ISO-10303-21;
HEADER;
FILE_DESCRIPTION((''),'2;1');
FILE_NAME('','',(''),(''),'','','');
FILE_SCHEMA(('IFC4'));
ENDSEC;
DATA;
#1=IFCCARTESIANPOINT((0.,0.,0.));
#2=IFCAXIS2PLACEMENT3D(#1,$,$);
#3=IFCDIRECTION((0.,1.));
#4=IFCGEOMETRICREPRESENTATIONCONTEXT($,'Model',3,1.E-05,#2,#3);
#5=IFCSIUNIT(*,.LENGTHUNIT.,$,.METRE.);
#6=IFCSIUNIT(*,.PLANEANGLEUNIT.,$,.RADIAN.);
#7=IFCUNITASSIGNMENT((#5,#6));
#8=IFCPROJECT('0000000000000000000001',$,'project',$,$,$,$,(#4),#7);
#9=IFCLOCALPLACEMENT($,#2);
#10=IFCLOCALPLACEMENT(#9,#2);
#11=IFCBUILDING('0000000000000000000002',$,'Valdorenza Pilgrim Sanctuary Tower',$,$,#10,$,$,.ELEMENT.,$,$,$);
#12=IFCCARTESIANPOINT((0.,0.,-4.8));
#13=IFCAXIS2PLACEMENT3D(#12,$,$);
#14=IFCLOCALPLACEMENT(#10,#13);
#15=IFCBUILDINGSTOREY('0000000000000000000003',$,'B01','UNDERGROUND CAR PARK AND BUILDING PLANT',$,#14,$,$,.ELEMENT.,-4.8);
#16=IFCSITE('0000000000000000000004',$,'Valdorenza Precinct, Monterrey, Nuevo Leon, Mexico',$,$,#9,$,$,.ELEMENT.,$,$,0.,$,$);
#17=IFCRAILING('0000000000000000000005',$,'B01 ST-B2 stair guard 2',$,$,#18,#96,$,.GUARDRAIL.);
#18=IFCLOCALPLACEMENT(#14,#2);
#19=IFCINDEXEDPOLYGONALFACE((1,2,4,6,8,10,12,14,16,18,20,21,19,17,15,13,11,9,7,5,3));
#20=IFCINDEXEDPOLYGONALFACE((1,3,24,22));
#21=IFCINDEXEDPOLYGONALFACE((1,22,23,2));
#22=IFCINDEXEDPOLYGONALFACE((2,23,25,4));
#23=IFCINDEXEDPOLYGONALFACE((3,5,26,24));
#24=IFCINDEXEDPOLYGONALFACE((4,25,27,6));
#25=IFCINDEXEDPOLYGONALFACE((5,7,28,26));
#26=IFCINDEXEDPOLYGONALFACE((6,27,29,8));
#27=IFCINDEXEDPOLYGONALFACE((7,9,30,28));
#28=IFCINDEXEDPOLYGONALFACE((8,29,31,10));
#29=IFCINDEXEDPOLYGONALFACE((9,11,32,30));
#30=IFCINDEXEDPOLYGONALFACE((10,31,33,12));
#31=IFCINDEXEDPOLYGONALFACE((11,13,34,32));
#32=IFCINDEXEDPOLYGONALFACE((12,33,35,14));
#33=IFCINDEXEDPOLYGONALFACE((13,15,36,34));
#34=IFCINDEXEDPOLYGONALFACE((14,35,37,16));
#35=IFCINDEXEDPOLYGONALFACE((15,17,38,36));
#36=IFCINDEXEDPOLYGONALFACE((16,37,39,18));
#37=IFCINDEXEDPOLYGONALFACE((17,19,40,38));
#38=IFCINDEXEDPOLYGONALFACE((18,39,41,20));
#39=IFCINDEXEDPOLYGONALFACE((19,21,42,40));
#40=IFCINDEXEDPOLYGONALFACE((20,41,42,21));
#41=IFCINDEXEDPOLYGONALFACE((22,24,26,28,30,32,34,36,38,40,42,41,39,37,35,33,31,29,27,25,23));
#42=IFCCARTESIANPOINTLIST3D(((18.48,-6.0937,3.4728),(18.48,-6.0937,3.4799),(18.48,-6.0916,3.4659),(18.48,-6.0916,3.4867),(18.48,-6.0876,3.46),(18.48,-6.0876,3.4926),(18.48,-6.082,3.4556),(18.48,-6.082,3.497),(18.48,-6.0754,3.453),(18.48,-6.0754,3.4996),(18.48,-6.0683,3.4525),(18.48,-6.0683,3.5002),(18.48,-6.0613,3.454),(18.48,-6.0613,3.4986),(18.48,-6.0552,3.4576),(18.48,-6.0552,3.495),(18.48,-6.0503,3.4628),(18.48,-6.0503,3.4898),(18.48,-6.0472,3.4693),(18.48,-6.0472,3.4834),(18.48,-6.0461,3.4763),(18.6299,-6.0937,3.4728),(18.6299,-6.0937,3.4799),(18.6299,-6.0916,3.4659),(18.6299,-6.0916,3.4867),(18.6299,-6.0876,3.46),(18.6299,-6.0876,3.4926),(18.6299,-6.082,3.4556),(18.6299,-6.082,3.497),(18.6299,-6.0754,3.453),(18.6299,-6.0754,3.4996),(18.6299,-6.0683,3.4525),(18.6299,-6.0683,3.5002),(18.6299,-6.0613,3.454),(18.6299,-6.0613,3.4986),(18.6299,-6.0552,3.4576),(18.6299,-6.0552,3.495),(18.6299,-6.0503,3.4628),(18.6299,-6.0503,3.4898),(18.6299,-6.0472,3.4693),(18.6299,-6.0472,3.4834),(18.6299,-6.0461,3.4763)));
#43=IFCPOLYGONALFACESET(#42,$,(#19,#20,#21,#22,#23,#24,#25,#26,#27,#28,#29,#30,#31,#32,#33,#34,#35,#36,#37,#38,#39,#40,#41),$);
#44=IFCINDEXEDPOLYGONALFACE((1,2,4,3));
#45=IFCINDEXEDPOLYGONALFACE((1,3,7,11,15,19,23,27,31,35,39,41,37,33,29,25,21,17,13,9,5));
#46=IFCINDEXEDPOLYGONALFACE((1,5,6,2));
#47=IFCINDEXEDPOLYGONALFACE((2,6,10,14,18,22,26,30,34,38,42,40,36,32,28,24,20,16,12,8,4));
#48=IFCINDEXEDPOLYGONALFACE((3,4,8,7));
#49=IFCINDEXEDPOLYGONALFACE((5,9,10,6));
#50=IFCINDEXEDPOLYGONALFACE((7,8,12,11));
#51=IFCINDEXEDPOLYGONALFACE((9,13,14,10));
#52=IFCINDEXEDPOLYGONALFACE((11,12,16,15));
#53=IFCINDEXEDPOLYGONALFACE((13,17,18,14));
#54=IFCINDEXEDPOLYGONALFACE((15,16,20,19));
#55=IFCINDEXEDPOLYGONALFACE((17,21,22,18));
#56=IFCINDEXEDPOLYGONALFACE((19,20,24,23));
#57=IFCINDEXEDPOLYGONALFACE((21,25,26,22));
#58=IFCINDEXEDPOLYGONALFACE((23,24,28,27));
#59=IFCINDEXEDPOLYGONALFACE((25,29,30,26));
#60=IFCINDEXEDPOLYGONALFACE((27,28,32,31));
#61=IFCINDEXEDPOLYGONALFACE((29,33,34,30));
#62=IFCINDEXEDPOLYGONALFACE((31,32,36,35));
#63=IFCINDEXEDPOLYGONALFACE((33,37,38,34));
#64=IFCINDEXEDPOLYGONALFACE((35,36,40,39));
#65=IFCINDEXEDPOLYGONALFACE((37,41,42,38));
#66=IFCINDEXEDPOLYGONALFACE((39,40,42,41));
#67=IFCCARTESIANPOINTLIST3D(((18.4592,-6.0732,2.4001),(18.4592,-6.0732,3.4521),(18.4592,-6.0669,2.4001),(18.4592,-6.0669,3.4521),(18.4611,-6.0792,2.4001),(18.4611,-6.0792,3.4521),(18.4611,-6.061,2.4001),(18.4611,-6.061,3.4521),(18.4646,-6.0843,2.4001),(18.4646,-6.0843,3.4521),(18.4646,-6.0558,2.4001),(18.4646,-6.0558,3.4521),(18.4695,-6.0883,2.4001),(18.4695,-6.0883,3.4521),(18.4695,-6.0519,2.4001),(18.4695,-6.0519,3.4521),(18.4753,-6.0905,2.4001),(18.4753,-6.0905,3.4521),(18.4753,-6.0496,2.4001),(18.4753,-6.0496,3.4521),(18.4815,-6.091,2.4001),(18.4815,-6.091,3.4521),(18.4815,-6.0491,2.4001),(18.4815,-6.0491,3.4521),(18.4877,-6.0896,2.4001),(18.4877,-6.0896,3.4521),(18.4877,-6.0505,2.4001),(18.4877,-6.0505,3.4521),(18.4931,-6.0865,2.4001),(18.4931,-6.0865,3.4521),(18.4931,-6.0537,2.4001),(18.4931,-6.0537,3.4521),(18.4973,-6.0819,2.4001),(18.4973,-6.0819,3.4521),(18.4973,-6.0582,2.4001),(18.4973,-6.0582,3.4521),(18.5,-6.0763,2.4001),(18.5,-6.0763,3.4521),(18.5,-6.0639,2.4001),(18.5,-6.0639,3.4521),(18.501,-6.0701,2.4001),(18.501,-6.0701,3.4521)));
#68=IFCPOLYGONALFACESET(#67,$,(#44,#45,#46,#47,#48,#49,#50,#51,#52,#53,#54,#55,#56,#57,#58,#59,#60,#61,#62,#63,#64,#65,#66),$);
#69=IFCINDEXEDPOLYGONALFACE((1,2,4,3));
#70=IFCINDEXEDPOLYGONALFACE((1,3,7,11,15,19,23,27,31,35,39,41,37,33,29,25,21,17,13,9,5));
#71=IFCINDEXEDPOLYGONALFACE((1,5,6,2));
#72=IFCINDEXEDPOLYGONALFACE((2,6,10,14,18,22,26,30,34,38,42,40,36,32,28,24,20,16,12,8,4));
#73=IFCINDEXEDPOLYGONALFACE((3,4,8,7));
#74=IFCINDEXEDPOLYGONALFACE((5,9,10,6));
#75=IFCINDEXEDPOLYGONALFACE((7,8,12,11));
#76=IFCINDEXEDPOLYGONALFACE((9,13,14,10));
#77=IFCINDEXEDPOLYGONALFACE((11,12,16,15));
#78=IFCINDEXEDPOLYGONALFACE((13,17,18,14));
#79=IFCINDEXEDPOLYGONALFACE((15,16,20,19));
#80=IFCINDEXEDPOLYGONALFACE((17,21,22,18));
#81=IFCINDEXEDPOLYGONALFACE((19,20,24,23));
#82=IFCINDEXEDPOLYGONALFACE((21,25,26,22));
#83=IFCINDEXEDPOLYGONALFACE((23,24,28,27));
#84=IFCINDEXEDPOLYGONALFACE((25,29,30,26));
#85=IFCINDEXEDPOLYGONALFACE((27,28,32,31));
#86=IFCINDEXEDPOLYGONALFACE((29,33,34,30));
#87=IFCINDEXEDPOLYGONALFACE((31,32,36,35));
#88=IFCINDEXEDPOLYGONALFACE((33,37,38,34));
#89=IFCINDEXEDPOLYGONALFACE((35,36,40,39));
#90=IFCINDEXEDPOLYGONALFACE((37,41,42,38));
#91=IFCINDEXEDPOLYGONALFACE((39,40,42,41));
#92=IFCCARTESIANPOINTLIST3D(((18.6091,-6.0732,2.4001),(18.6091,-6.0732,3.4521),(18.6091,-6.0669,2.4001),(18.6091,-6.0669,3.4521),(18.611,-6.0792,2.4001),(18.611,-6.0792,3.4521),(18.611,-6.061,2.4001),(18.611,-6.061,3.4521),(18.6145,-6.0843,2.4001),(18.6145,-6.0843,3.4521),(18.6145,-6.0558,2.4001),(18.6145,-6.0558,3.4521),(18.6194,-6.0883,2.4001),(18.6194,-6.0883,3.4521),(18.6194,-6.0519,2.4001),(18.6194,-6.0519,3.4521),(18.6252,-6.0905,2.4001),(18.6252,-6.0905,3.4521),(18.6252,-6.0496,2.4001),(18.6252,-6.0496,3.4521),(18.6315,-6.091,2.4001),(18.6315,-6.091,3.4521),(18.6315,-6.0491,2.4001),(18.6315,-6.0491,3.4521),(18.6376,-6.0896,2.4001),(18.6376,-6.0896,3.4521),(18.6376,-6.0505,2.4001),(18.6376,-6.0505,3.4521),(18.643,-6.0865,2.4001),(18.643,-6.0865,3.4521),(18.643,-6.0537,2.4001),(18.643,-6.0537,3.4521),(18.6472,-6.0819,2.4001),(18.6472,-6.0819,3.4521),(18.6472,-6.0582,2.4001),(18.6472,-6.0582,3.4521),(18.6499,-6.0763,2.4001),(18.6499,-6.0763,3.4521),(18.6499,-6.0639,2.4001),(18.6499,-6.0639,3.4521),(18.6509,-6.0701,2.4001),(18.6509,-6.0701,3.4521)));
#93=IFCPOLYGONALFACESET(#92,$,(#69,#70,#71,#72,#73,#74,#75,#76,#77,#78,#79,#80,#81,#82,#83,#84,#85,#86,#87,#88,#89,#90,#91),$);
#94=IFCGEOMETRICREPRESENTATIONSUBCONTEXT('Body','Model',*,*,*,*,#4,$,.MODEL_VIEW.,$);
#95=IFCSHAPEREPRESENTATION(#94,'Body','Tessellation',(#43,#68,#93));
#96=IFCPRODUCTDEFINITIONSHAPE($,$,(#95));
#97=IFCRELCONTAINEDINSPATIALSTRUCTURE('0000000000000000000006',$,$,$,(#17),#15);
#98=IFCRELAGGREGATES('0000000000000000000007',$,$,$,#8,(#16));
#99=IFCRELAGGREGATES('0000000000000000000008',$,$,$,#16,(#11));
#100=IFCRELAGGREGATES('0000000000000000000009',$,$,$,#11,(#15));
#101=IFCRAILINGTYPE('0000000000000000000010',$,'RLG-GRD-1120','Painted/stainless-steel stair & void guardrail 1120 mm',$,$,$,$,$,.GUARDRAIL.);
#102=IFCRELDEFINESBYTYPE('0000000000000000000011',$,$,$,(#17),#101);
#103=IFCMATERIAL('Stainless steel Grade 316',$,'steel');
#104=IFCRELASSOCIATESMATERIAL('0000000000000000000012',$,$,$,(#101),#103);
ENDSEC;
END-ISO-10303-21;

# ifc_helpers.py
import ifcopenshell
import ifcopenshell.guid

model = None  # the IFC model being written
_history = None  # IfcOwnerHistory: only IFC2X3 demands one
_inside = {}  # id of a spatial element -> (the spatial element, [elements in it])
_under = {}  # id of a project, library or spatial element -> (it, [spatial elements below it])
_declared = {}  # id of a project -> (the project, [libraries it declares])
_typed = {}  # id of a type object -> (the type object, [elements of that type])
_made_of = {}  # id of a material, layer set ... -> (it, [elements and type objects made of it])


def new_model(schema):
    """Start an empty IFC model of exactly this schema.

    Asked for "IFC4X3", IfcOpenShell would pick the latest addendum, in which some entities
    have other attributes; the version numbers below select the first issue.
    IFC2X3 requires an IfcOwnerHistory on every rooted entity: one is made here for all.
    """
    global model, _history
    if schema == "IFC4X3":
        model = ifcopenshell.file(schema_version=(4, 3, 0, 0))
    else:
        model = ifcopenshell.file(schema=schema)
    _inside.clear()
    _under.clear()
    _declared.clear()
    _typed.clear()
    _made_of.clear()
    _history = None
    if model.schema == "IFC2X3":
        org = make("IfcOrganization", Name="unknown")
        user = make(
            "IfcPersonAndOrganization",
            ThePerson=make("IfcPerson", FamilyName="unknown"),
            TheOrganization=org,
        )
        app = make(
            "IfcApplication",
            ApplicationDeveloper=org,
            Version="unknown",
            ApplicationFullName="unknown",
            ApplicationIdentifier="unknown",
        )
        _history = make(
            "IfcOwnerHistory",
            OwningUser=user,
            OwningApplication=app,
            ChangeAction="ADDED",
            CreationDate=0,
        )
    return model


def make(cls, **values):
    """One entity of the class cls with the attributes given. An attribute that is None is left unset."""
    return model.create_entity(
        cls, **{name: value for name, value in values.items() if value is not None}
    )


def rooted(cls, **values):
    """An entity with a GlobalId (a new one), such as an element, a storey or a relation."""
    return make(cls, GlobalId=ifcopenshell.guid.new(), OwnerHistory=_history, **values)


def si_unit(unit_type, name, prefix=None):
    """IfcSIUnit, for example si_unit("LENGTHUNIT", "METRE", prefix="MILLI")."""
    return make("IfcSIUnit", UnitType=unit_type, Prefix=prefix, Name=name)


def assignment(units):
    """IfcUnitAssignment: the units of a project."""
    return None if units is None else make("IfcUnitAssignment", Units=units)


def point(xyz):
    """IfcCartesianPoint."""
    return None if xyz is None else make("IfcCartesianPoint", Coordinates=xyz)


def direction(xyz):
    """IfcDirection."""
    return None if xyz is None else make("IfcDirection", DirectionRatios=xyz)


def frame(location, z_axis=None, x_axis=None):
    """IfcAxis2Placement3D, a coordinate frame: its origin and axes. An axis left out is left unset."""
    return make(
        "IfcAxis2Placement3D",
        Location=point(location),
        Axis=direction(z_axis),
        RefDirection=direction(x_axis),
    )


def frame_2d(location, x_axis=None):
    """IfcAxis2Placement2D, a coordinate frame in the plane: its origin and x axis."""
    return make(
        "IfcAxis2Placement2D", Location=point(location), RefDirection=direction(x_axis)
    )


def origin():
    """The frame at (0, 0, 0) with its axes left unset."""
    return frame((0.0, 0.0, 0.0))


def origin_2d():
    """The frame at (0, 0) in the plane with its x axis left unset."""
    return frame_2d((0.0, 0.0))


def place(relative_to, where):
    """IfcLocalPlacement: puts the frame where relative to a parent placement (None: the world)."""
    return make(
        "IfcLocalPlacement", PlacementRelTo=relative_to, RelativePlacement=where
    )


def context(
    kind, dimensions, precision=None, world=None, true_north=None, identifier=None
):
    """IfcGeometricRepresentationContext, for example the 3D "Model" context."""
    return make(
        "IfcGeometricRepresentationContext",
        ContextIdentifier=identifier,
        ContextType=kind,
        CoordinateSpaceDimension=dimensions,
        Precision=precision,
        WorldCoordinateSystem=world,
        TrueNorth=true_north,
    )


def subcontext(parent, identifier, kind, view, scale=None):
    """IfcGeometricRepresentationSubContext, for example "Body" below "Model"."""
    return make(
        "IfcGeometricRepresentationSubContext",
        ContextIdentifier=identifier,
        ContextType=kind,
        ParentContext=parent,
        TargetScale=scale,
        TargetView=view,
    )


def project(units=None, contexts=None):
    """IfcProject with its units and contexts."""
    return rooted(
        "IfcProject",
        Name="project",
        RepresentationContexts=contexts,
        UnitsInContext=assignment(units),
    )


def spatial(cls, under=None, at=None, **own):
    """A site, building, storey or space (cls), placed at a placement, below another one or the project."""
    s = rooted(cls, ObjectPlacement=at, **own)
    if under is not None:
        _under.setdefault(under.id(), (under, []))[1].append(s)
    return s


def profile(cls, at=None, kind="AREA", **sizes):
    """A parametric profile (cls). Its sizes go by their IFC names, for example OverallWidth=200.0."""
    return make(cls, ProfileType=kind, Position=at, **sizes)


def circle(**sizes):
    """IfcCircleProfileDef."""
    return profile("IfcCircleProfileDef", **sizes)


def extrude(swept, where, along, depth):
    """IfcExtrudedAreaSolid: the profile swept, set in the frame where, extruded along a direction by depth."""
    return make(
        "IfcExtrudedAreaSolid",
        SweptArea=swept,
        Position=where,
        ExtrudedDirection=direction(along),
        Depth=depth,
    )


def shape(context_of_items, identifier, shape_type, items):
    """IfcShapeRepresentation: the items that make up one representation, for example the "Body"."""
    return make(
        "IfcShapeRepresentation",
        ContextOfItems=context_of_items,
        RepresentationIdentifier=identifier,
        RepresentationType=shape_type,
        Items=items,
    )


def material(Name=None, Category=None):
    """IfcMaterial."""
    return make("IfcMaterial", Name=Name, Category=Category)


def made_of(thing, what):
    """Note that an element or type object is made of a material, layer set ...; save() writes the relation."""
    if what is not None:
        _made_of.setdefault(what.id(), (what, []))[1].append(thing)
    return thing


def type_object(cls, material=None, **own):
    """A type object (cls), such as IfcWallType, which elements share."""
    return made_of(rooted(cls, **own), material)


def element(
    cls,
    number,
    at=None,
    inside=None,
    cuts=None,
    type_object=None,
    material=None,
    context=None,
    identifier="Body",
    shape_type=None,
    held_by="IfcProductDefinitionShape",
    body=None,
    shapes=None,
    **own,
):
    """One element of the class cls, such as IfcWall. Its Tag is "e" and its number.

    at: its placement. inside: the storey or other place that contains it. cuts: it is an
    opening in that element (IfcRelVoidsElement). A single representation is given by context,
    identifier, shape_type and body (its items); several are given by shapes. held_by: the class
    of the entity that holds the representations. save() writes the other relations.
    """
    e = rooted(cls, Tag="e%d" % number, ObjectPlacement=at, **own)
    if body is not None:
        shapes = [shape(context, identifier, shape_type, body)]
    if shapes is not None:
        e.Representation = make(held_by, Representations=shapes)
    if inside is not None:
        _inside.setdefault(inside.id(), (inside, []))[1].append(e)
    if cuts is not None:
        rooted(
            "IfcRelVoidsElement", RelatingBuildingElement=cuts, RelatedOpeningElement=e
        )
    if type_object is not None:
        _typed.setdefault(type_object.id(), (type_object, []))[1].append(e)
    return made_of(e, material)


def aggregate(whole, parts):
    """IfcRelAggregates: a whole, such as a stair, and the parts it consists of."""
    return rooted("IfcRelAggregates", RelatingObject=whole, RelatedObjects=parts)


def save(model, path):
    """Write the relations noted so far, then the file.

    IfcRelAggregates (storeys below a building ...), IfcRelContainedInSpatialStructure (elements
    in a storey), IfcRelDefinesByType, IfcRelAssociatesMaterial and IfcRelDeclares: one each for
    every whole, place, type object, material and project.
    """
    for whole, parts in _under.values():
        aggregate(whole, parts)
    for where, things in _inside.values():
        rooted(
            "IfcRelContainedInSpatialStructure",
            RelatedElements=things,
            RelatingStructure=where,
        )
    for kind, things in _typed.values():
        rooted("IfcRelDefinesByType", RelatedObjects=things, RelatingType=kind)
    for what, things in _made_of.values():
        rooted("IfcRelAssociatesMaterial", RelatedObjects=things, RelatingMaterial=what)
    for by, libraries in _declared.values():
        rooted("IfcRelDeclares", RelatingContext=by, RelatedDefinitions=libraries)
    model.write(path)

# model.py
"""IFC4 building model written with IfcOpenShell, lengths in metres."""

from ifc_helpers import new_model, si_unit, direction, frame, origin, origin_2d, place, context, subcontext, project, spatial, circle, extrude, material, type_object, element, save


model = new_model("IFC4")

# Units and contexts
model_context = context("Model", 3, precision=1e-05, world=origin(), true_north=direction((0.0, 1.0)))
body_context = subcontext(model_context, "Body", "Model", "MODEL_VIEW")
ifc_project = project(units=[si_unit("LENGTHUNIT", "METRE"), si_unit("PLANEANGLEUNIT", "RADIAN")], contexts=[model_context])

# Site, building, storey
site_placement = place(None, origin())
site = spatial("IfcSite", under=ifc_project, at=site_placement, Name="Valdorenza Precinct, Monterrey, Nuevo Leon, Mexico", CompositionType="ELEMENT", RefElevation=0.0)
building_placement = place(site_placement, origin())
building = spatial("IfcBuilding", under=site, at=building_placement, Name="Valdorenza Pilgrim Sanctuary Tower", CompositionType="ELEMENT")
storey_placement = place(building_placement, frame((0.0, 0.0, -4.8)))
storey = spatial("IfcBuildingStorey", under=building, at=storey_placement, Name="B01", Description="UNDERGROUND CAR PARK AND BUILDING PLANT", CompositionType="ELEMENT", Elevation=-4.8)

# Railing
ifc_material_1 = material(Name="Stainless steel Grade 316", Category="steel")
railing_type_1 = type_object("IfcRailingType", Name="RLG-GRD-1120", Description="Painted/stainless-steel stair & void guardrail 1120 mm", PredefinedType="GUARDRAIL", material=ifc_material_1)
railing_1_placement = place(storey_placement, frame((18.48, -6.0701, 2.4001)))
element("IfcRailing", 1, at=railing_1_placement, inside=storey, type_object=railing_type_1, Name="B01 ST-B2 stair guard 2", PredefinedType="GUARDRAIL", context=body_context, shape_type="SweptSolid", body=[
    extrude(circle(Radius=0.0239, at=origin_2d()), frame((0.0, 0.0, 1.0762), z_axis=(1.0, 0.0, 0.0), x_axis=(0.0, 1.0, 0.0)), (0.0, 0.0, 1.0), 0.1499),
    extrude(circle(Radius=0.021, at=origin_2d()), origin(), (0.0, 0.0, 1.0), 1.052),
    extrude(circle(Radius=0.021, at=origin_2d()), frame((0.1499, 0.0, 0.0)), (0.0, 0.0, 1.0), 1.052),
])

save(model, "model.ifc")
